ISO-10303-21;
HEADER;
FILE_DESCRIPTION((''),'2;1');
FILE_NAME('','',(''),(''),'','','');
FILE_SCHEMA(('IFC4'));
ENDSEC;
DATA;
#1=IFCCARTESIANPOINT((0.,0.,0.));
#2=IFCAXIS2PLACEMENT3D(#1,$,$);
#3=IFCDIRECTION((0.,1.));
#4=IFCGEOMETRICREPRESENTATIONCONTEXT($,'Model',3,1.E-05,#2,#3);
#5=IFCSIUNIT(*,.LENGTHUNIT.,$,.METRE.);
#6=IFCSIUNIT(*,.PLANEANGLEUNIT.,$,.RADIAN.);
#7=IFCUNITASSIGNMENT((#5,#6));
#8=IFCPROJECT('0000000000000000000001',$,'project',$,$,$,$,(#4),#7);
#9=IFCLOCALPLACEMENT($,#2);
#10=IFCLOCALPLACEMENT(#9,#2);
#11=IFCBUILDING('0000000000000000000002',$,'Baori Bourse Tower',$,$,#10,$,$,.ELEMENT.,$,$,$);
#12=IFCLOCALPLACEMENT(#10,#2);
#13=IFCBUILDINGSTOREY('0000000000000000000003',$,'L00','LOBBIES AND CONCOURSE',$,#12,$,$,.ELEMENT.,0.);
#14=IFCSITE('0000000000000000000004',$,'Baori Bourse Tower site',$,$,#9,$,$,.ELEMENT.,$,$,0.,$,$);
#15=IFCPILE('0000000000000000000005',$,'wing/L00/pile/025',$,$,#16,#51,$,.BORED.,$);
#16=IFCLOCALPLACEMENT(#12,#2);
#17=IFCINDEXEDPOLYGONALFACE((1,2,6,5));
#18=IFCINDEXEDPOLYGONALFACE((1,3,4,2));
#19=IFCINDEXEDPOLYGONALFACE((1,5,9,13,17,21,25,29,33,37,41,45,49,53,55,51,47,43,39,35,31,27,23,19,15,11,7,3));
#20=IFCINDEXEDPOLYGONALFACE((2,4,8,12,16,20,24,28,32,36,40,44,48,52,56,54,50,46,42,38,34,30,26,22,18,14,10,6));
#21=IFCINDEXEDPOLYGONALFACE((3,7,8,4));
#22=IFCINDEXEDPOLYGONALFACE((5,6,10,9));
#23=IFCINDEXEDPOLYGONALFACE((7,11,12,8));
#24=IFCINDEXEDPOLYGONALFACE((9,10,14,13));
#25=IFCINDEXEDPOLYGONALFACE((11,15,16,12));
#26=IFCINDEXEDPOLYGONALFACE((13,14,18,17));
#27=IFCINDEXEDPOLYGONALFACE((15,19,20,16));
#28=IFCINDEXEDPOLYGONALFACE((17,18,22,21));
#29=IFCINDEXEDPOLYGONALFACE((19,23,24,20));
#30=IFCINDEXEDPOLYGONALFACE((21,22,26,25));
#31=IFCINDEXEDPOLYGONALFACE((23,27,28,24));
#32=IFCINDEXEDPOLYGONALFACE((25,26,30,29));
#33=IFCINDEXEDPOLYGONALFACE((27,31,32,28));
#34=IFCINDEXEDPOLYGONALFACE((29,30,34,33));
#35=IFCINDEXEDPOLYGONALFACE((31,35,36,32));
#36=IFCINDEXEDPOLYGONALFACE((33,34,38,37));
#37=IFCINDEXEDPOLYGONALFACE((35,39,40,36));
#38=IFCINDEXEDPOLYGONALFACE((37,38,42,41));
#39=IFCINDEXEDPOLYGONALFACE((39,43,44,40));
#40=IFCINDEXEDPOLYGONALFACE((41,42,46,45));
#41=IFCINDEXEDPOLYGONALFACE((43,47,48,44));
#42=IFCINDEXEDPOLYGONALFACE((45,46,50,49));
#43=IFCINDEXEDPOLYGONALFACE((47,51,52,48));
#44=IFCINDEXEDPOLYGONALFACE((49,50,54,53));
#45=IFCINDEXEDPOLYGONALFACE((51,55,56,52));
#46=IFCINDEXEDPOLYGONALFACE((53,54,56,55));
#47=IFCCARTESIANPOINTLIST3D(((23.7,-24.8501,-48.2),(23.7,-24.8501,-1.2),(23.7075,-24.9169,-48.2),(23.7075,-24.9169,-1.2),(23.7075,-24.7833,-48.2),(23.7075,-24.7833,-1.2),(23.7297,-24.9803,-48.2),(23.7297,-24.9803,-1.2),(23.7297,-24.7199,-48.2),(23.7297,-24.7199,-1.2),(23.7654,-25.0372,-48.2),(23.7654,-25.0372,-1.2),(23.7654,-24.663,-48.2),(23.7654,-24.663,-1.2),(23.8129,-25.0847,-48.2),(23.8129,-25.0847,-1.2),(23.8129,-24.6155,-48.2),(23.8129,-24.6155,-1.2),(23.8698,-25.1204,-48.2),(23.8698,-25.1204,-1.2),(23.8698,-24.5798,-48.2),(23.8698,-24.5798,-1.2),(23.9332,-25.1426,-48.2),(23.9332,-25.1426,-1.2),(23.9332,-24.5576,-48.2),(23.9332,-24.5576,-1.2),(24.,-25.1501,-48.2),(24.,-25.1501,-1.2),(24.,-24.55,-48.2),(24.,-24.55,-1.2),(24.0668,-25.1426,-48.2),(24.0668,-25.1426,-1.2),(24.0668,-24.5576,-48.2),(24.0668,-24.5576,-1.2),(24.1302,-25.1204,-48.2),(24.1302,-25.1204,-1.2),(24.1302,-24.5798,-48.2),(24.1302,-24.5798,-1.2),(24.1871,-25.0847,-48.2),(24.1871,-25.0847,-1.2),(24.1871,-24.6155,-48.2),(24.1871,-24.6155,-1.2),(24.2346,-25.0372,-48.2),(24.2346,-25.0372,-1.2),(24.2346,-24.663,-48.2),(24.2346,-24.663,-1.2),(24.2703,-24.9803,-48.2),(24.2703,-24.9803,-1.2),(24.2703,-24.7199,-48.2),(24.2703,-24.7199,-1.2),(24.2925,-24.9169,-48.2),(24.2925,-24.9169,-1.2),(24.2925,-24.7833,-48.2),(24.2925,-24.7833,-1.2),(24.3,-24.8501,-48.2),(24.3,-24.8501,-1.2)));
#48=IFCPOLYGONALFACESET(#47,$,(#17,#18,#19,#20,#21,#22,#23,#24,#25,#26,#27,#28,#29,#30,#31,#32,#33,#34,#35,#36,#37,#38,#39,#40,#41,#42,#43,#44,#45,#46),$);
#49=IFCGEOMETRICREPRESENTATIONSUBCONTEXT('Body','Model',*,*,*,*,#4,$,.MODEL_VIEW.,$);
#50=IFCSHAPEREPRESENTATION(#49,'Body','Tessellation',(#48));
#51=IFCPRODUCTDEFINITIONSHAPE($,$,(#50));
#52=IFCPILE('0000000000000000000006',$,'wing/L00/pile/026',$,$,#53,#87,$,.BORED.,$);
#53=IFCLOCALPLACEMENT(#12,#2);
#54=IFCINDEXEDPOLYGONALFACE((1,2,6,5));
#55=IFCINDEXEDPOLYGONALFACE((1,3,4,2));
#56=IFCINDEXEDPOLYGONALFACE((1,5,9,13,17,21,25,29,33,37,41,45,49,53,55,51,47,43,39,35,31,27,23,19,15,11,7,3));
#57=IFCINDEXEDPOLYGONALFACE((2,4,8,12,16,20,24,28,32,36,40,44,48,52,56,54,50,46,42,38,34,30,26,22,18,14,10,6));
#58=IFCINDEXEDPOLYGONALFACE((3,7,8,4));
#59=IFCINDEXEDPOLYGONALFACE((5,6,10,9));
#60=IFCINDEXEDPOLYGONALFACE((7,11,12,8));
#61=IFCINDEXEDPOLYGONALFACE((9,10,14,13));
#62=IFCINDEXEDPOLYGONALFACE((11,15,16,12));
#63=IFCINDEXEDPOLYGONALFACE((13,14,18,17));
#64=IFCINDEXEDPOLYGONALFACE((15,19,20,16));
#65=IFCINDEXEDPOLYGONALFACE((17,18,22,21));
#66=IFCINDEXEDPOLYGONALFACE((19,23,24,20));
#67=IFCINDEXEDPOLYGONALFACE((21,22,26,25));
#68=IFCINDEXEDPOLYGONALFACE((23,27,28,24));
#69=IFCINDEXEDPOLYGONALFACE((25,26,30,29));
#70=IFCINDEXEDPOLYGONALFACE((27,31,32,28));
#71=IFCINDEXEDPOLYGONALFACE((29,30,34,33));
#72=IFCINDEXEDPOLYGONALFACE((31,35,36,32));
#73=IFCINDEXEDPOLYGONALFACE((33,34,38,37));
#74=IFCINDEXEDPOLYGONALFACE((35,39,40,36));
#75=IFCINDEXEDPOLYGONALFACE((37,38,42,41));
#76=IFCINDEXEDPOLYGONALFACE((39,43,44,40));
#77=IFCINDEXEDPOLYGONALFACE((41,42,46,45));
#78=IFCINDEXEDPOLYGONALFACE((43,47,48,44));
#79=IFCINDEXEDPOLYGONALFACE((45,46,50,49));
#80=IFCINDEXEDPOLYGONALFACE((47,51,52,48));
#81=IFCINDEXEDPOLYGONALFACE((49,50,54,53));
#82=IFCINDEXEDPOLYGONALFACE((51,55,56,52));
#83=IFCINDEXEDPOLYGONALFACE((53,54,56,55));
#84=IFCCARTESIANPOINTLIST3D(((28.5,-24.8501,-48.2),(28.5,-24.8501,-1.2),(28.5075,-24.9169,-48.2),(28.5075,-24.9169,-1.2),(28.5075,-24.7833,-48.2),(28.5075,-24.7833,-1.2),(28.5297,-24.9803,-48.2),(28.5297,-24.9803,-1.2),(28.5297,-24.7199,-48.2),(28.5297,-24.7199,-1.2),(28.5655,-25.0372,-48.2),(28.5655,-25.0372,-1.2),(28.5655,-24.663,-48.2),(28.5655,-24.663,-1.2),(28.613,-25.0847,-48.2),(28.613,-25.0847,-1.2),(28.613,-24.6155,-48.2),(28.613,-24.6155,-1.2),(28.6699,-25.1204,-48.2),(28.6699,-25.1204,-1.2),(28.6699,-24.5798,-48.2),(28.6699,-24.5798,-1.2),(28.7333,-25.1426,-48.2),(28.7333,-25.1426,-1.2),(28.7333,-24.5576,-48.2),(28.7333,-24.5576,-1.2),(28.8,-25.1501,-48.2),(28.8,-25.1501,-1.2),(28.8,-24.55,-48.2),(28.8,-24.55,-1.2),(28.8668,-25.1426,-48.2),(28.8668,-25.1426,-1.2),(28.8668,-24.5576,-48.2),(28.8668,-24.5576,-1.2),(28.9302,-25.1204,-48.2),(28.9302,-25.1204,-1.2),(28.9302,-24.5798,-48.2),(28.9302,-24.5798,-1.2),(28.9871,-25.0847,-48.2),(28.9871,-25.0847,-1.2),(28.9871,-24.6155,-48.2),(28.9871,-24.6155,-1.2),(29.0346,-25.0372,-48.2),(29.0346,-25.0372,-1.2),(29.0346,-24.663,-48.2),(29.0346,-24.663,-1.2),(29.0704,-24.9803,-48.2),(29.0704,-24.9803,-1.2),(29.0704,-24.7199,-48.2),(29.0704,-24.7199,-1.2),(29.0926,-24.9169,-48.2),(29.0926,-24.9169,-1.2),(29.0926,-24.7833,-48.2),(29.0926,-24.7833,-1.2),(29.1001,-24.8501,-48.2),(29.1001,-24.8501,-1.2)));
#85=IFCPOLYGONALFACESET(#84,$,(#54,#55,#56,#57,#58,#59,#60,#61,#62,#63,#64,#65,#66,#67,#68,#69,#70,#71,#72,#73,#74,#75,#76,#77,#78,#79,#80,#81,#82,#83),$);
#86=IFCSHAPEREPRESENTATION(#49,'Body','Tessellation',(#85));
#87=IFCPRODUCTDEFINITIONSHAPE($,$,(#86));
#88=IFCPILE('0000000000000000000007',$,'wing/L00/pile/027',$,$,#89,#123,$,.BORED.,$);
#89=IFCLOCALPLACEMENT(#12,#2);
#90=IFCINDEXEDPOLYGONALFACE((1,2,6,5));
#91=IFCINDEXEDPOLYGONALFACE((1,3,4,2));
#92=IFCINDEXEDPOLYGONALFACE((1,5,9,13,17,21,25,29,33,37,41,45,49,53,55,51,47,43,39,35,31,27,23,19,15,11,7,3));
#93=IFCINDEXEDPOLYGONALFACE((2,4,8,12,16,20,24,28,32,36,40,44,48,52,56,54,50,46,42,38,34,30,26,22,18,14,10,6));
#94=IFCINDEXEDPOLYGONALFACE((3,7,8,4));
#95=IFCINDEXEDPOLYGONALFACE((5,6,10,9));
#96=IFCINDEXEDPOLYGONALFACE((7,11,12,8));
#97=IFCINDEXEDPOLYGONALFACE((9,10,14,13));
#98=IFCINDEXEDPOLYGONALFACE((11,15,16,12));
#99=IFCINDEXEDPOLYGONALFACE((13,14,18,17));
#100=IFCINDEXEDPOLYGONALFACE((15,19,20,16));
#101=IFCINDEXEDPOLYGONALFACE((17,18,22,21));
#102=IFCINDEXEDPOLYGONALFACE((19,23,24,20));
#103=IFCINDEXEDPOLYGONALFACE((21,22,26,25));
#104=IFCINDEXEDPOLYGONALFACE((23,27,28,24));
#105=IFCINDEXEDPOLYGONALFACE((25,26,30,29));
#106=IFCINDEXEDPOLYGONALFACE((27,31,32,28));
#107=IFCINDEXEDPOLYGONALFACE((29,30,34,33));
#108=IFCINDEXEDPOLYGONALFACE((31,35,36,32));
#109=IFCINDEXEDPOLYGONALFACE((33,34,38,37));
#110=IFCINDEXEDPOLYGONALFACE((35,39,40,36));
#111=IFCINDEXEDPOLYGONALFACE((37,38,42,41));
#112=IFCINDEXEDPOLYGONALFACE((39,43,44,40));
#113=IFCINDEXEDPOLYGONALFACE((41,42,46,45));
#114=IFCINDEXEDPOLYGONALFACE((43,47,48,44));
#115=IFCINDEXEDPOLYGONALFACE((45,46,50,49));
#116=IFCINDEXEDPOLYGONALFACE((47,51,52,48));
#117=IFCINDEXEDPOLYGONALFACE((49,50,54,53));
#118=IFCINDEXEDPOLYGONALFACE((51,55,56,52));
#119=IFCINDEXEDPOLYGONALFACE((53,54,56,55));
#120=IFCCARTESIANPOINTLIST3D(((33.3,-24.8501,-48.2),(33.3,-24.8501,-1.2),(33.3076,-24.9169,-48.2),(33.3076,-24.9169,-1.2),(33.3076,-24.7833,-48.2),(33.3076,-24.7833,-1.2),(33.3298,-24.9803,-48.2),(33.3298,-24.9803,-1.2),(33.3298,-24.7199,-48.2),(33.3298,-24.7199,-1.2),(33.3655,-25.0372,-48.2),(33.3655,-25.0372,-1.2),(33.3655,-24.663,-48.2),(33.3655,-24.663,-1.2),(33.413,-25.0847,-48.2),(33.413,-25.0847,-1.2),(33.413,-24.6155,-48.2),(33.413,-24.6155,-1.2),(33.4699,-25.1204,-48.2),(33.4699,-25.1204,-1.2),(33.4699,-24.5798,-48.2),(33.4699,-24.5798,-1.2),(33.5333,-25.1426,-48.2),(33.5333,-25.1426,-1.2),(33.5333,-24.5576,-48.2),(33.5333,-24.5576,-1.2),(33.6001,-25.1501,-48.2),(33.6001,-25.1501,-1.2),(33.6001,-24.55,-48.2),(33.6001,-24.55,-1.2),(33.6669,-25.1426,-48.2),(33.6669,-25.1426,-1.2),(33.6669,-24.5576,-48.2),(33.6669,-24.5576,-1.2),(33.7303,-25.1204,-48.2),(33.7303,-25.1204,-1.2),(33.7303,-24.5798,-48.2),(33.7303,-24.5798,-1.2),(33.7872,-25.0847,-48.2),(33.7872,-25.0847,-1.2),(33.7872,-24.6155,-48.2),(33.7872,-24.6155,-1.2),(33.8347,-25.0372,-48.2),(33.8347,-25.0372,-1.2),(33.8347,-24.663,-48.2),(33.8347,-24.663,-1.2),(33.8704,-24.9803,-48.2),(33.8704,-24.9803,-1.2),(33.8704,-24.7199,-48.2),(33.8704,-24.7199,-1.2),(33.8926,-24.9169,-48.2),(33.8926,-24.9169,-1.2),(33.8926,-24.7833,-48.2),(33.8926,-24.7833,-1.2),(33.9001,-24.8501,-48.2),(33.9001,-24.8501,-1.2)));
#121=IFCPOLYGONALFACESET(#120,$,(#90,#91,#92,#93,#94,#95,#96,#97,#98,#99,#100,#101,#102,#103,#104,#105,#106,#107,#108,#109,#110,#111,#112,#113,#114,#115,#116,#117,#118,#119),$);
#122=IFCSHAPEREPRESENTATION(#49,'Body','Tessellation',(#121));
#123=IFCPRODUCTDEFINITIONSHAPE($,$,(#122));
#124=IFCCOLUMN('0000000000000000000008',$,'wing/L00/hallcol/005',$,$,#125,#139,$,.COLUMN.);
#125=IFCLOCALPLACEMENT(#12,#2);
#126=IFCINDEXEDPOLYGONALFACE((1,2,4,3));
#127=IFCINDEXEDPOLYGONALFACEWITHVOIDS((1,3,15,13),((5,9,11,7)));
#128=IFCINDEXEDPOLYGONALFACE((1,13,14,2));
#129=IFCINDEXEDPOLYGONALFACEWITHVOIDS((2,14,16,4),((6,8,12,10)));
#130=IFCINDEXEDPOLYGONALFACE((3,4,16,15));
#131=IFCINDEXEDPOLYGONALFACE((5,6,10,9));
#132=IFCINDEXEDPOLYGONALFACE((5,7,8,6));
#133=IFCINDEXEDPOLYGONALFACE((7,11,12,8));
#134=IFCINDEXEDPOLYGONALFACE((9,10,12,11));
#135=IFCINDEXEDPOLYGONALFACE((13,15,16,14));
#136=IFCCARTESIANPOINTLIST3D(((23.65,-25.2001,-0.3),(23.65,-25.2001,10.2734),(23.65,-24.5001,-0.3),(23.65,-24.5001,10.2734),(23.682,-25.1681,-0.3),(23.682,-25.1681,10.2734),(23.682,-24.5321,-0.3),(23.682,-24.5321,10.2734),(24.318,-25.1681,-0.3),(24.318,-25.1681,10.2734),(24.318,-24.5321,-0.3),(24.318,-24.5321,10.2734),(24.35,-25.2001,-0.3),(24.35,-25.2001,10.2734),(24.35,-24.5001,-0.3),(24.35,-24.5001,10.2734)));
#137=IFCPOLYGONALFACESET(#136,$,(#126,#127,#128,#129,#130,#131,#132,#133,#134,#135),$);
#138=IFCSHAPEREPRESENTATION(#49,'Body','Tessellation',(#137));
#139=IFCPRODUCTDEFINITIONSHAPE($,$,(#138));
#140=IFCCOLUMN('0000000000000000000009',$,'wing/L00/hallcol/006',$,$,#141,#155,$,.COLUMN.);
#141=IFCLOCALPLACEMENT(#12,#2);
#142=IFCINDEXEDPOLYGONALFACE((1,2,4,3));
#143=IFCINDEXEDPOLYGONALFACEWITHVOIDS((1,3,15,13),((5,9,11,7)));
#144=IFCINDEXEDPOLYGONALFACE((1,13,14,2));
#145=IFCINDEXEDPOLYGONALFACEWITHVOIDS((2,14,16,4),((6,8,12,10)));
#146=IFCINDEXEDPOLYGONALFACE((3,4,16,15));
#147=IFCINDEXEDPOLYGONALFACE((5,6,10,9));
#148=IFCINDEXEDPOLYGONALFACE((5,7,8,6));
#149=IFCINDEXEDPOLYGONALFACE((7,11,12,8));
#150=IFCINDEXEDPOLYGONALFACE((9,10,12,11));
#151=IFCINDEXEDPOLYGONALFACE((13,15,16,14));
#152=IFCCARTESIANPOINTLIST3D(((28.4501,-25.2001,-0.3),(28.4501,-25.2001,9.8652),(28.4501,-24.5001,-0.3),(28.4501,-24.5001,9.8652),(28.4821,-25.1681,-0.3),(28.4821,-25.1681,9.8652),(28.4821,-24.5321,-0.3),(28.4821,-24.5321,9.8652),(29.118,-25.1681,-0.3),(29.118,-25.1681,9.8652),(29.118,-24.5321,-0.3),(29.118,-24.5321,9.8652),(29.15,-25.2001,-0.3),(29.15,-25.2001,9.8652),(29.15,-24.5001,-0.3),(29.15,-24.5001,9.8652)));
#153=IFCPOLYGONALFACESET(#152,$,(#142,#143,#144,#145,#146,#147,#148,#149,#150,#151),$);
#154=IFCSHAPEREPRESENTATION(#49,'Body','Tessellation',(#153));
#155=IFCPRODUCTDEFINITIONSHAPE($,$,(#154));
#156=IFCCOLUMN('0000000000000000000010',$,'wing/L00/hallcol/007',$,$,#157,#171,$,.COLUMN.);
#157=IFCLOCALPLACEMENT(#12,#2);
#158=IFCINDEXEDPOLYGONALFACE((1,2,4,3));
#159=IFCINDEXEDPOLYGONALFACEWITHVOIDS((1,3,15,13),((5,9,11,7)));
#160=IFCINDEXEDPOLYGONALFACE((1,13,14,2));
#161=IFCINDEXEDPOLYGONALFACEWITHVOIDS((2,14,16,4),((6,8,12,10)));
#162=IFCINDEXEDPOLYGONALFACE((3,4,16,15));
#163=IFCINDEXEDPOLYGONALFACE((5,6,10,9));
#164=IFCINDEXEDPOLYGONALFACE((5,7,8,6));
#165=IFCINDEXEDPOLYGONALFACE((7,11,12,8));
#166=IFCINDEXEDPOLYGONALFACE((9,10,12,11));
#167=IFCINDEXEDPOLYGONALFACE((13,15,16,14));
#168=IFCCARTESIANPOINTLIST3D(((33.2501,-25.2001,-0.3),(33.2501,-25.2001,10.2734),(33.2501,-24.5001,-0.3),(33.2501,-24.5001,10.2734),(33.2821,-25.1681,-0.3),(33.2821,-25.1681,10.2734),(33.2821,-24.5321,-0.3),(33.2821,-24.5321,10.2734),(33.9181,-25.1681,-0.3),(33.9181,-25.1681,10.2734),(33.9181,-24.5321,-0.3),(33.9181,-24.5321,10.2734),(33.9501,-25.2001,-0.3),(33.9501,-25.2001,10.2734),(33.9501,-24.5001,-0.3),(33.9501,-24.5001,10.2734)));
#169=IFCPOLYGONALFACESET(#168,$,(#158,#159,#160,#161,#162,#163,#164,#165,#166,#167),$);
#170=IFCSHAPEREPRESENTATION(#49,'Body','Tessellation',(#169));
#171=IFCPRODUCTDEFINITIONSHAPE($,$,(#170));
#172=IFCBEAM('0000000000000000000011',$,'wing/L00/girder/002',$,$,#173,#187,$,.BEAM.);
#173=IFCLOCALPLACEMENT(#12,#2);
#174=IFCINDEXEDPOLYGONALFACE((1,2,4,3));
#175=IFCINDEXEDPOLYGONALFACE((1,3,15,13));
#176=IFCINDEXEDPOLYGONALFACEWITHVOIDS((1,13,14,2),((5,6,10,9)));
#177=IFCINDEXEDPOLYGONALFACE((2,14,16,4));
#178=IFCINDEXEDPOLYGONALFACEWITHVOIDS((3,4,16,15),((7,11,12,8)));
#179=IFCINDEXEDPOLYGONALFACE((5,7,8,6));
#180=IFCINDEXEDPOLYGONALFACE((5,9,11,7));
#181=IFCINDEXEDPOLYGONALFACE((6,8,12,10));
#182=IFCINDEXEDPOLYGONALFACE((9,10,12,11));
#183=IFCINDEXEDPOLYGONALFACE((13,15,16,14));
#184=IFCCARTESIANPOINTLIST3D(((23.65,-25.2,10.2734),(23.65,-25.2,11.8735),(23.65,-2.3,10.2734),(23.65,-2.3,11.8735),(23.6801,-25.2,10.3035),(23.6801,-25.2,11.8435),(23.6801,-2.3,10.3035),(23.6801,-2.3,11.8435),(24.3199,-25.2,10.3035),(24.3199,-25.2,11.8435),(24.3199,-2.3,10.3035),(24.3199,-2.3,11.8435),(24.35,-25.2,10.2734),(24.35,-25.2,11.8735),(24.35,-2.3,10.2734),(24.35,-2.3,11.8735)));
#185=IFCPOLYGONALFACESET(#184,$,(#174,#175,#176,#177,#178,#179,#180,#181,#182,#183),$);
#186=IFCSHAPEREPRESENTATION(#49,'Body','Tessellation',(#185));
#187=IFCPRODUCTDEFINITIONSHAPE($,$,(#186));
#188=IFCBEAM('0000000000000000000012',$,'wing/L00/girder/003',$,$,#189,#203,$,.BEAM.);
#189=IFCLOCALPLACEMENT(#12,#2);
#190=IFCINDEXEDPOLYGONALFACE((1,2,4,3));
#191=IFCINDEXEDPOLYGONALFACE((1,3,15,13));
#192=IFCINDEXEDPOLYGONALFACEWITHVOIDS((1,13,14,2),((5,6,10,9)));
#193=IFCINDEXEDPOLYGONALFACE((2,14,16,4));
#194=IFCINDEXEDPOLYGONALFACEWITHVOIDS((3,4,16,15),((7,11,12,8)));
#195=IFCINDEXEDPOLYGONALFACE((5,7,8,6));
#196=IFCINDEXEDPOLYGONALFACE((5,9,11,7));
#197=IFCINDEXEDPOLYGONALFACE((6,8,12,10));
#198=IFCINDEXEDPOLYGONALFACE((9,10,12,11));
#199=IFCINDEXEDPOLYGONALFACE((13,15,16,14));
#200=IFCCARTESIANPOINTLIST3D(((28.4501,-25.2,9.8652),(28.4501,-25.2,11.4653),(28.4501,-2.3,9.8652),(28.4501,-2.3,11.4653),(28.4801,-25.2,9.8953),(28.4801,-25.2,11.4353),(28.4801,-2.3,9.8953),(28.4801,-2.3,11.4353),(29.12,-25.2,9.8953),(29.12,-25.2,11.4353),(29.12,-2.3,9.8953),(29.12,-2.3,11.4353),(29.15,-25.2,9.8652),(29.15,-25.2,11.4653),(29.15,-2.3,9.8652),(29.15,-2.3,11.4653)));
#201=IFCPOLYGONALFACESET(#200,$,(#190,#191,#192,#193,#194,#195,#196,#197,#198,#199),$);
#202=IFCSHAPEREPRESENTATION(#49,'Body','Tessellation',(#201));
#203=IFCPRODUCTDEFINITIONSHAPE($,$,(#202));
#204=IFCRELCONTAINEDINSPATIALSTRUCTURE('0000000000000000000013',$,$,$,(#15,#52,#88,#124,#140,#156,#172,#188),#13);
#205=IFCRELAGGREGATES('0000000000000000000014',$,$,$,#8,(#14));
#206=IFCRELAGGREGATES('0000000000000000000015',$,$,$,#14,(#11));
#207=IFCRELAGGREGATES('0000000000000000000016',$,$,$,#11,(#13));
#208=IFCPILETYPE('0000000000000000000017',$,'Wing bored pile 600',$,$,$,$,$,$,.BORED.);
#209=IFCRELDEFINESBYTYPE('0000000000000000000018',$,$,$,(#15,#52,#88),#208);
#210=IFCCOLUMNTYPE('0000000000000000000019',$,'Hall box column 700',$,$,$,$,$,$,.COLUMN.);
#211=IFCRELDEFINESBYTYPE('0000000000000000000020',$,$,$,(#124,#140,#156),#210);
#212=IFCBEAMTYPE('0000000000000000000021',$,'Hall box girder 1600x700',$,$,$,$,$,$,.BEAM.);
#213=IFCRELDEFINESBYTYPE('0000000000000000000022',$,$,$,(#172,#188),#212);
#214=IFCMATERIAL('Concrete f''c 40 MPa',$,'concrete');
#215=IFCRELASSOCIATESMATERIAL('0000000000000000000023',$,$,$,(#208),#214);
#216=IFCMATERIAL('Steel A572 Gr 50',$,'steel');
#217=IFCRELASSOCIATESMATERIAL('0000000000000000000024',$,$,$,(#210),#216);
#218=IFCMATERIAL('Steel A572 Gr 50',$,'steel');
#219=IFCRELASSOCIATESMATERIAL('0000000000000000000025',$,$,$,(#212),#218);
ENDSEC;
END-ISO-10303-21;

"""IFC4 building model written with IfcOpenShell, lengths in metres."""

from ifc_helpers import new_model, si_unit, direction, frame, origin, origin_2d, place, context, subcontext, project, spatial, hollow_rectangle, circle, extrude, material, material_profile, profile_set, type_object, element, save


model = new_model("IFC4")

# Units and contexts
model_context = context("Model", 3, precision=1e-05, world=origin(), true_north=direction((0.0, 1.0)))
body_context = subcontext(model_context, "Body", "Model", "MODEL_VIEW")
ifc_project = project(units=[si_unit("LENGTHUNIT", "METRE"), si_unit("PLANEANGLEUNIT", "RADIAN")], contexts=[model_context])

# Site, building, storey
site_placement = place(None, origin())
site = spatial("IfcSite", under=ifc_project, at=site_placement, Name="Baori Bourse Tower site", CompositionType="ELEMENT", RefElevation=0.0)
building_placement = place(site_placement, origin())
building = spatial("IfcBuilding", under=site, at=building_placement, Name="Baori Bourse Tower", CompositionType="ELEMENT")
storey_placement = place(building_placement, origin())
storey = spatial("IfcBuildingStorey", under=building, at=storey_placement, Name="L00", Description="LOBBIES AND CONCOURSE", CompositionType="ELEMENT", Elevation=0.0)

# Piles
ifc_material_1 = material(Name="Concrete f'c 40 MPa", Category="concrete")
ifc_material_profile_1 = material_profile(ifc_material_1, circle(Radius=0.3, at=origin_2d()), Name="Wing bored pile 600")
ifc_profile_set_1 = profile_set([ifc_material_profile_1], Name="Concrete f'c 40 MPa")
pile_type = type_object("IfcPileType", Name="Wing bored pile 600", PredefinedType="BORED", material=ifc_profile_set_1)
for number, where, z_axis, x_axis, name in (
    (1, (24.0, -24.8501, -1.2), (0.0, 0.0, -1.0), (1.0, 0.0, 0.0), "wing/L00/pile/025"),
    (2, (28.8, -24.8501, -1.2), (0.0, 0.0, -1.0), (1.0, 0.0, 0.0), "wing/L00/pile/026"),
    (3, (33.6001, -24.8501, -1.2), (0.0, 0.0, -1.0), (1.0, 0.0, 0.0), "wing/L00/pile/027"),
):
    element("IfcPile", number, at=place(storey_placement, frame(where, z_axis=z_axis, x_axis=x_axis)), inside=storey, type_object=pile_type, Name=name, PredefinedType="BORED", context=body_context, shape_type="SweptSolid", body=[
        extrude(circle(Radius=0.3, at=origin_2d()), origin(), (0.0, 0.0, 1.0), 47.0),
    ])

# Columns
ifc_material_2 = material(Name="Steel A572 Gr 50", Category="steel")
ifc_material_profile_2 = material_profile(ifc_material_2, hollow_rectangle(XDim=0.7, YDim=0.7, WallThickness=0.032, at=origin_2d()), Name="BOX 700x700x32")
ifc_profile_set_2 = profile_set([ifc_material_profile_2], Name="Steel A572 Gr 50")
column_type = type_object("IfcColumnType", Name="Hall box column 700", PredefinedType="COLUMN", material=ifc_profile_set_2)
column_1_placement = place(storey_placement, frame((24.0, -24.8501, -0.3), z_axis=(0.0, 0.0, 1.0), x_axis=(1.0, 0.0, 0.0)))
element("IfcColumn", 4, at=column_1_placement, inside=storey, type_object=column_type, Name="wing/L00/hallcol/005", PredefinedType="COLUMN", context=body_context, shape_type="SweptSolid", body=[
    extrude(hollow_rectangle(XDim=0.7, YDim=0.7, WallThickness=0.032, at=origin_2d()), origin(), (0.0, 0.0, 1.0), 10.5735),
])
column_2_placement = place(storey_placement, frame((28.8, -24.8501, -0.3), z_axis=(0.0, 0.0, 1.0), x_axis=(1.0, 0.0, 0.0)))
element("IfcColumn", 5, at=column_2_placement, inside=storey, type_object=column_type, Name="wing/L00/hallcol/006", PredefinedType="COLUMN", context=body_context, shape_type="SweptSolid", body=[
    extrude(hollow_rectangle(XDim=0.7, YDim=0.7, WallThickness=0.032, at=origin_2d()), origin(), (0.0, 0.0, 1.0), 10.1653),
])
column_3_placement = place(storey_placement, frame((33.6001, -24.8501, -0.3), z_axis=(0.0, 0.0, 1.0), x_axis=(1.0, 0.0, 0.0)))
element("IfcColumn", 6, at=column_3_placement, inside=storey, type_object=column_type, Name="wing/L00/hallcol/007", PredefinedType="COLUMN", context=body_context, shape_type="SweptSolid", body=[
    extrude(hollow_rectangle(XDim=0.7, YDim=0.7, WallThickness=0.032, at=origin_2d()), origin(), (0.0, 0.0, 1.0), 10.5735),
])

# Beams
ifc_material_3 = material(Name="Steel A572 Gr 50", Category="steel")
ifc_material_profile_3 = material_profile(ifc_material_3, hollow_rectangle(XDim=0.7, YDim=1.6001, WallThickness=0.03, at=origin_2d()), Name="BOX 1600x700x30")
ifc_profile_set_3 = profile_set([ifc_material_profile_3], Name="Steel A572 Gr 50")
beam_type = type_object("IfcBeamType", Name="Hall box girder 1600x700", PredefinedType="BEAM", material=ifc_profile_set_3)
for number, where, z_axis, x_axis, name in (
    (7, (24.0, -25.2, 11.0735), (0.0, 1.0, 0.0), (-1.0, 0.0, 0.0), "wing/L00/girder/002"),
    (8, (28.8, -25.2, 10.6653), (0.0, 1.0, 0.0), (-1.0, 0.0, 0.0), "wing/L00/girder/003"),
):
    element("IfcBeam", number, at=place(storey_placement, frame(where, z_axis=z_axis, x_axis=x_axis)), inside=storey, type_object=beam_type, Name=name, PredefinedType="BEAM", context=body_context, shape_type="SweptSolid", body=[
        extrude(hollow_rectangle(XDim=0.7, YDim=1.6001, WallThickness=0.03, at=origin_2d()), origin(), (0.0, 0.0, 1.0), 22.8999),
    ])

save(model, "model.ifc")
